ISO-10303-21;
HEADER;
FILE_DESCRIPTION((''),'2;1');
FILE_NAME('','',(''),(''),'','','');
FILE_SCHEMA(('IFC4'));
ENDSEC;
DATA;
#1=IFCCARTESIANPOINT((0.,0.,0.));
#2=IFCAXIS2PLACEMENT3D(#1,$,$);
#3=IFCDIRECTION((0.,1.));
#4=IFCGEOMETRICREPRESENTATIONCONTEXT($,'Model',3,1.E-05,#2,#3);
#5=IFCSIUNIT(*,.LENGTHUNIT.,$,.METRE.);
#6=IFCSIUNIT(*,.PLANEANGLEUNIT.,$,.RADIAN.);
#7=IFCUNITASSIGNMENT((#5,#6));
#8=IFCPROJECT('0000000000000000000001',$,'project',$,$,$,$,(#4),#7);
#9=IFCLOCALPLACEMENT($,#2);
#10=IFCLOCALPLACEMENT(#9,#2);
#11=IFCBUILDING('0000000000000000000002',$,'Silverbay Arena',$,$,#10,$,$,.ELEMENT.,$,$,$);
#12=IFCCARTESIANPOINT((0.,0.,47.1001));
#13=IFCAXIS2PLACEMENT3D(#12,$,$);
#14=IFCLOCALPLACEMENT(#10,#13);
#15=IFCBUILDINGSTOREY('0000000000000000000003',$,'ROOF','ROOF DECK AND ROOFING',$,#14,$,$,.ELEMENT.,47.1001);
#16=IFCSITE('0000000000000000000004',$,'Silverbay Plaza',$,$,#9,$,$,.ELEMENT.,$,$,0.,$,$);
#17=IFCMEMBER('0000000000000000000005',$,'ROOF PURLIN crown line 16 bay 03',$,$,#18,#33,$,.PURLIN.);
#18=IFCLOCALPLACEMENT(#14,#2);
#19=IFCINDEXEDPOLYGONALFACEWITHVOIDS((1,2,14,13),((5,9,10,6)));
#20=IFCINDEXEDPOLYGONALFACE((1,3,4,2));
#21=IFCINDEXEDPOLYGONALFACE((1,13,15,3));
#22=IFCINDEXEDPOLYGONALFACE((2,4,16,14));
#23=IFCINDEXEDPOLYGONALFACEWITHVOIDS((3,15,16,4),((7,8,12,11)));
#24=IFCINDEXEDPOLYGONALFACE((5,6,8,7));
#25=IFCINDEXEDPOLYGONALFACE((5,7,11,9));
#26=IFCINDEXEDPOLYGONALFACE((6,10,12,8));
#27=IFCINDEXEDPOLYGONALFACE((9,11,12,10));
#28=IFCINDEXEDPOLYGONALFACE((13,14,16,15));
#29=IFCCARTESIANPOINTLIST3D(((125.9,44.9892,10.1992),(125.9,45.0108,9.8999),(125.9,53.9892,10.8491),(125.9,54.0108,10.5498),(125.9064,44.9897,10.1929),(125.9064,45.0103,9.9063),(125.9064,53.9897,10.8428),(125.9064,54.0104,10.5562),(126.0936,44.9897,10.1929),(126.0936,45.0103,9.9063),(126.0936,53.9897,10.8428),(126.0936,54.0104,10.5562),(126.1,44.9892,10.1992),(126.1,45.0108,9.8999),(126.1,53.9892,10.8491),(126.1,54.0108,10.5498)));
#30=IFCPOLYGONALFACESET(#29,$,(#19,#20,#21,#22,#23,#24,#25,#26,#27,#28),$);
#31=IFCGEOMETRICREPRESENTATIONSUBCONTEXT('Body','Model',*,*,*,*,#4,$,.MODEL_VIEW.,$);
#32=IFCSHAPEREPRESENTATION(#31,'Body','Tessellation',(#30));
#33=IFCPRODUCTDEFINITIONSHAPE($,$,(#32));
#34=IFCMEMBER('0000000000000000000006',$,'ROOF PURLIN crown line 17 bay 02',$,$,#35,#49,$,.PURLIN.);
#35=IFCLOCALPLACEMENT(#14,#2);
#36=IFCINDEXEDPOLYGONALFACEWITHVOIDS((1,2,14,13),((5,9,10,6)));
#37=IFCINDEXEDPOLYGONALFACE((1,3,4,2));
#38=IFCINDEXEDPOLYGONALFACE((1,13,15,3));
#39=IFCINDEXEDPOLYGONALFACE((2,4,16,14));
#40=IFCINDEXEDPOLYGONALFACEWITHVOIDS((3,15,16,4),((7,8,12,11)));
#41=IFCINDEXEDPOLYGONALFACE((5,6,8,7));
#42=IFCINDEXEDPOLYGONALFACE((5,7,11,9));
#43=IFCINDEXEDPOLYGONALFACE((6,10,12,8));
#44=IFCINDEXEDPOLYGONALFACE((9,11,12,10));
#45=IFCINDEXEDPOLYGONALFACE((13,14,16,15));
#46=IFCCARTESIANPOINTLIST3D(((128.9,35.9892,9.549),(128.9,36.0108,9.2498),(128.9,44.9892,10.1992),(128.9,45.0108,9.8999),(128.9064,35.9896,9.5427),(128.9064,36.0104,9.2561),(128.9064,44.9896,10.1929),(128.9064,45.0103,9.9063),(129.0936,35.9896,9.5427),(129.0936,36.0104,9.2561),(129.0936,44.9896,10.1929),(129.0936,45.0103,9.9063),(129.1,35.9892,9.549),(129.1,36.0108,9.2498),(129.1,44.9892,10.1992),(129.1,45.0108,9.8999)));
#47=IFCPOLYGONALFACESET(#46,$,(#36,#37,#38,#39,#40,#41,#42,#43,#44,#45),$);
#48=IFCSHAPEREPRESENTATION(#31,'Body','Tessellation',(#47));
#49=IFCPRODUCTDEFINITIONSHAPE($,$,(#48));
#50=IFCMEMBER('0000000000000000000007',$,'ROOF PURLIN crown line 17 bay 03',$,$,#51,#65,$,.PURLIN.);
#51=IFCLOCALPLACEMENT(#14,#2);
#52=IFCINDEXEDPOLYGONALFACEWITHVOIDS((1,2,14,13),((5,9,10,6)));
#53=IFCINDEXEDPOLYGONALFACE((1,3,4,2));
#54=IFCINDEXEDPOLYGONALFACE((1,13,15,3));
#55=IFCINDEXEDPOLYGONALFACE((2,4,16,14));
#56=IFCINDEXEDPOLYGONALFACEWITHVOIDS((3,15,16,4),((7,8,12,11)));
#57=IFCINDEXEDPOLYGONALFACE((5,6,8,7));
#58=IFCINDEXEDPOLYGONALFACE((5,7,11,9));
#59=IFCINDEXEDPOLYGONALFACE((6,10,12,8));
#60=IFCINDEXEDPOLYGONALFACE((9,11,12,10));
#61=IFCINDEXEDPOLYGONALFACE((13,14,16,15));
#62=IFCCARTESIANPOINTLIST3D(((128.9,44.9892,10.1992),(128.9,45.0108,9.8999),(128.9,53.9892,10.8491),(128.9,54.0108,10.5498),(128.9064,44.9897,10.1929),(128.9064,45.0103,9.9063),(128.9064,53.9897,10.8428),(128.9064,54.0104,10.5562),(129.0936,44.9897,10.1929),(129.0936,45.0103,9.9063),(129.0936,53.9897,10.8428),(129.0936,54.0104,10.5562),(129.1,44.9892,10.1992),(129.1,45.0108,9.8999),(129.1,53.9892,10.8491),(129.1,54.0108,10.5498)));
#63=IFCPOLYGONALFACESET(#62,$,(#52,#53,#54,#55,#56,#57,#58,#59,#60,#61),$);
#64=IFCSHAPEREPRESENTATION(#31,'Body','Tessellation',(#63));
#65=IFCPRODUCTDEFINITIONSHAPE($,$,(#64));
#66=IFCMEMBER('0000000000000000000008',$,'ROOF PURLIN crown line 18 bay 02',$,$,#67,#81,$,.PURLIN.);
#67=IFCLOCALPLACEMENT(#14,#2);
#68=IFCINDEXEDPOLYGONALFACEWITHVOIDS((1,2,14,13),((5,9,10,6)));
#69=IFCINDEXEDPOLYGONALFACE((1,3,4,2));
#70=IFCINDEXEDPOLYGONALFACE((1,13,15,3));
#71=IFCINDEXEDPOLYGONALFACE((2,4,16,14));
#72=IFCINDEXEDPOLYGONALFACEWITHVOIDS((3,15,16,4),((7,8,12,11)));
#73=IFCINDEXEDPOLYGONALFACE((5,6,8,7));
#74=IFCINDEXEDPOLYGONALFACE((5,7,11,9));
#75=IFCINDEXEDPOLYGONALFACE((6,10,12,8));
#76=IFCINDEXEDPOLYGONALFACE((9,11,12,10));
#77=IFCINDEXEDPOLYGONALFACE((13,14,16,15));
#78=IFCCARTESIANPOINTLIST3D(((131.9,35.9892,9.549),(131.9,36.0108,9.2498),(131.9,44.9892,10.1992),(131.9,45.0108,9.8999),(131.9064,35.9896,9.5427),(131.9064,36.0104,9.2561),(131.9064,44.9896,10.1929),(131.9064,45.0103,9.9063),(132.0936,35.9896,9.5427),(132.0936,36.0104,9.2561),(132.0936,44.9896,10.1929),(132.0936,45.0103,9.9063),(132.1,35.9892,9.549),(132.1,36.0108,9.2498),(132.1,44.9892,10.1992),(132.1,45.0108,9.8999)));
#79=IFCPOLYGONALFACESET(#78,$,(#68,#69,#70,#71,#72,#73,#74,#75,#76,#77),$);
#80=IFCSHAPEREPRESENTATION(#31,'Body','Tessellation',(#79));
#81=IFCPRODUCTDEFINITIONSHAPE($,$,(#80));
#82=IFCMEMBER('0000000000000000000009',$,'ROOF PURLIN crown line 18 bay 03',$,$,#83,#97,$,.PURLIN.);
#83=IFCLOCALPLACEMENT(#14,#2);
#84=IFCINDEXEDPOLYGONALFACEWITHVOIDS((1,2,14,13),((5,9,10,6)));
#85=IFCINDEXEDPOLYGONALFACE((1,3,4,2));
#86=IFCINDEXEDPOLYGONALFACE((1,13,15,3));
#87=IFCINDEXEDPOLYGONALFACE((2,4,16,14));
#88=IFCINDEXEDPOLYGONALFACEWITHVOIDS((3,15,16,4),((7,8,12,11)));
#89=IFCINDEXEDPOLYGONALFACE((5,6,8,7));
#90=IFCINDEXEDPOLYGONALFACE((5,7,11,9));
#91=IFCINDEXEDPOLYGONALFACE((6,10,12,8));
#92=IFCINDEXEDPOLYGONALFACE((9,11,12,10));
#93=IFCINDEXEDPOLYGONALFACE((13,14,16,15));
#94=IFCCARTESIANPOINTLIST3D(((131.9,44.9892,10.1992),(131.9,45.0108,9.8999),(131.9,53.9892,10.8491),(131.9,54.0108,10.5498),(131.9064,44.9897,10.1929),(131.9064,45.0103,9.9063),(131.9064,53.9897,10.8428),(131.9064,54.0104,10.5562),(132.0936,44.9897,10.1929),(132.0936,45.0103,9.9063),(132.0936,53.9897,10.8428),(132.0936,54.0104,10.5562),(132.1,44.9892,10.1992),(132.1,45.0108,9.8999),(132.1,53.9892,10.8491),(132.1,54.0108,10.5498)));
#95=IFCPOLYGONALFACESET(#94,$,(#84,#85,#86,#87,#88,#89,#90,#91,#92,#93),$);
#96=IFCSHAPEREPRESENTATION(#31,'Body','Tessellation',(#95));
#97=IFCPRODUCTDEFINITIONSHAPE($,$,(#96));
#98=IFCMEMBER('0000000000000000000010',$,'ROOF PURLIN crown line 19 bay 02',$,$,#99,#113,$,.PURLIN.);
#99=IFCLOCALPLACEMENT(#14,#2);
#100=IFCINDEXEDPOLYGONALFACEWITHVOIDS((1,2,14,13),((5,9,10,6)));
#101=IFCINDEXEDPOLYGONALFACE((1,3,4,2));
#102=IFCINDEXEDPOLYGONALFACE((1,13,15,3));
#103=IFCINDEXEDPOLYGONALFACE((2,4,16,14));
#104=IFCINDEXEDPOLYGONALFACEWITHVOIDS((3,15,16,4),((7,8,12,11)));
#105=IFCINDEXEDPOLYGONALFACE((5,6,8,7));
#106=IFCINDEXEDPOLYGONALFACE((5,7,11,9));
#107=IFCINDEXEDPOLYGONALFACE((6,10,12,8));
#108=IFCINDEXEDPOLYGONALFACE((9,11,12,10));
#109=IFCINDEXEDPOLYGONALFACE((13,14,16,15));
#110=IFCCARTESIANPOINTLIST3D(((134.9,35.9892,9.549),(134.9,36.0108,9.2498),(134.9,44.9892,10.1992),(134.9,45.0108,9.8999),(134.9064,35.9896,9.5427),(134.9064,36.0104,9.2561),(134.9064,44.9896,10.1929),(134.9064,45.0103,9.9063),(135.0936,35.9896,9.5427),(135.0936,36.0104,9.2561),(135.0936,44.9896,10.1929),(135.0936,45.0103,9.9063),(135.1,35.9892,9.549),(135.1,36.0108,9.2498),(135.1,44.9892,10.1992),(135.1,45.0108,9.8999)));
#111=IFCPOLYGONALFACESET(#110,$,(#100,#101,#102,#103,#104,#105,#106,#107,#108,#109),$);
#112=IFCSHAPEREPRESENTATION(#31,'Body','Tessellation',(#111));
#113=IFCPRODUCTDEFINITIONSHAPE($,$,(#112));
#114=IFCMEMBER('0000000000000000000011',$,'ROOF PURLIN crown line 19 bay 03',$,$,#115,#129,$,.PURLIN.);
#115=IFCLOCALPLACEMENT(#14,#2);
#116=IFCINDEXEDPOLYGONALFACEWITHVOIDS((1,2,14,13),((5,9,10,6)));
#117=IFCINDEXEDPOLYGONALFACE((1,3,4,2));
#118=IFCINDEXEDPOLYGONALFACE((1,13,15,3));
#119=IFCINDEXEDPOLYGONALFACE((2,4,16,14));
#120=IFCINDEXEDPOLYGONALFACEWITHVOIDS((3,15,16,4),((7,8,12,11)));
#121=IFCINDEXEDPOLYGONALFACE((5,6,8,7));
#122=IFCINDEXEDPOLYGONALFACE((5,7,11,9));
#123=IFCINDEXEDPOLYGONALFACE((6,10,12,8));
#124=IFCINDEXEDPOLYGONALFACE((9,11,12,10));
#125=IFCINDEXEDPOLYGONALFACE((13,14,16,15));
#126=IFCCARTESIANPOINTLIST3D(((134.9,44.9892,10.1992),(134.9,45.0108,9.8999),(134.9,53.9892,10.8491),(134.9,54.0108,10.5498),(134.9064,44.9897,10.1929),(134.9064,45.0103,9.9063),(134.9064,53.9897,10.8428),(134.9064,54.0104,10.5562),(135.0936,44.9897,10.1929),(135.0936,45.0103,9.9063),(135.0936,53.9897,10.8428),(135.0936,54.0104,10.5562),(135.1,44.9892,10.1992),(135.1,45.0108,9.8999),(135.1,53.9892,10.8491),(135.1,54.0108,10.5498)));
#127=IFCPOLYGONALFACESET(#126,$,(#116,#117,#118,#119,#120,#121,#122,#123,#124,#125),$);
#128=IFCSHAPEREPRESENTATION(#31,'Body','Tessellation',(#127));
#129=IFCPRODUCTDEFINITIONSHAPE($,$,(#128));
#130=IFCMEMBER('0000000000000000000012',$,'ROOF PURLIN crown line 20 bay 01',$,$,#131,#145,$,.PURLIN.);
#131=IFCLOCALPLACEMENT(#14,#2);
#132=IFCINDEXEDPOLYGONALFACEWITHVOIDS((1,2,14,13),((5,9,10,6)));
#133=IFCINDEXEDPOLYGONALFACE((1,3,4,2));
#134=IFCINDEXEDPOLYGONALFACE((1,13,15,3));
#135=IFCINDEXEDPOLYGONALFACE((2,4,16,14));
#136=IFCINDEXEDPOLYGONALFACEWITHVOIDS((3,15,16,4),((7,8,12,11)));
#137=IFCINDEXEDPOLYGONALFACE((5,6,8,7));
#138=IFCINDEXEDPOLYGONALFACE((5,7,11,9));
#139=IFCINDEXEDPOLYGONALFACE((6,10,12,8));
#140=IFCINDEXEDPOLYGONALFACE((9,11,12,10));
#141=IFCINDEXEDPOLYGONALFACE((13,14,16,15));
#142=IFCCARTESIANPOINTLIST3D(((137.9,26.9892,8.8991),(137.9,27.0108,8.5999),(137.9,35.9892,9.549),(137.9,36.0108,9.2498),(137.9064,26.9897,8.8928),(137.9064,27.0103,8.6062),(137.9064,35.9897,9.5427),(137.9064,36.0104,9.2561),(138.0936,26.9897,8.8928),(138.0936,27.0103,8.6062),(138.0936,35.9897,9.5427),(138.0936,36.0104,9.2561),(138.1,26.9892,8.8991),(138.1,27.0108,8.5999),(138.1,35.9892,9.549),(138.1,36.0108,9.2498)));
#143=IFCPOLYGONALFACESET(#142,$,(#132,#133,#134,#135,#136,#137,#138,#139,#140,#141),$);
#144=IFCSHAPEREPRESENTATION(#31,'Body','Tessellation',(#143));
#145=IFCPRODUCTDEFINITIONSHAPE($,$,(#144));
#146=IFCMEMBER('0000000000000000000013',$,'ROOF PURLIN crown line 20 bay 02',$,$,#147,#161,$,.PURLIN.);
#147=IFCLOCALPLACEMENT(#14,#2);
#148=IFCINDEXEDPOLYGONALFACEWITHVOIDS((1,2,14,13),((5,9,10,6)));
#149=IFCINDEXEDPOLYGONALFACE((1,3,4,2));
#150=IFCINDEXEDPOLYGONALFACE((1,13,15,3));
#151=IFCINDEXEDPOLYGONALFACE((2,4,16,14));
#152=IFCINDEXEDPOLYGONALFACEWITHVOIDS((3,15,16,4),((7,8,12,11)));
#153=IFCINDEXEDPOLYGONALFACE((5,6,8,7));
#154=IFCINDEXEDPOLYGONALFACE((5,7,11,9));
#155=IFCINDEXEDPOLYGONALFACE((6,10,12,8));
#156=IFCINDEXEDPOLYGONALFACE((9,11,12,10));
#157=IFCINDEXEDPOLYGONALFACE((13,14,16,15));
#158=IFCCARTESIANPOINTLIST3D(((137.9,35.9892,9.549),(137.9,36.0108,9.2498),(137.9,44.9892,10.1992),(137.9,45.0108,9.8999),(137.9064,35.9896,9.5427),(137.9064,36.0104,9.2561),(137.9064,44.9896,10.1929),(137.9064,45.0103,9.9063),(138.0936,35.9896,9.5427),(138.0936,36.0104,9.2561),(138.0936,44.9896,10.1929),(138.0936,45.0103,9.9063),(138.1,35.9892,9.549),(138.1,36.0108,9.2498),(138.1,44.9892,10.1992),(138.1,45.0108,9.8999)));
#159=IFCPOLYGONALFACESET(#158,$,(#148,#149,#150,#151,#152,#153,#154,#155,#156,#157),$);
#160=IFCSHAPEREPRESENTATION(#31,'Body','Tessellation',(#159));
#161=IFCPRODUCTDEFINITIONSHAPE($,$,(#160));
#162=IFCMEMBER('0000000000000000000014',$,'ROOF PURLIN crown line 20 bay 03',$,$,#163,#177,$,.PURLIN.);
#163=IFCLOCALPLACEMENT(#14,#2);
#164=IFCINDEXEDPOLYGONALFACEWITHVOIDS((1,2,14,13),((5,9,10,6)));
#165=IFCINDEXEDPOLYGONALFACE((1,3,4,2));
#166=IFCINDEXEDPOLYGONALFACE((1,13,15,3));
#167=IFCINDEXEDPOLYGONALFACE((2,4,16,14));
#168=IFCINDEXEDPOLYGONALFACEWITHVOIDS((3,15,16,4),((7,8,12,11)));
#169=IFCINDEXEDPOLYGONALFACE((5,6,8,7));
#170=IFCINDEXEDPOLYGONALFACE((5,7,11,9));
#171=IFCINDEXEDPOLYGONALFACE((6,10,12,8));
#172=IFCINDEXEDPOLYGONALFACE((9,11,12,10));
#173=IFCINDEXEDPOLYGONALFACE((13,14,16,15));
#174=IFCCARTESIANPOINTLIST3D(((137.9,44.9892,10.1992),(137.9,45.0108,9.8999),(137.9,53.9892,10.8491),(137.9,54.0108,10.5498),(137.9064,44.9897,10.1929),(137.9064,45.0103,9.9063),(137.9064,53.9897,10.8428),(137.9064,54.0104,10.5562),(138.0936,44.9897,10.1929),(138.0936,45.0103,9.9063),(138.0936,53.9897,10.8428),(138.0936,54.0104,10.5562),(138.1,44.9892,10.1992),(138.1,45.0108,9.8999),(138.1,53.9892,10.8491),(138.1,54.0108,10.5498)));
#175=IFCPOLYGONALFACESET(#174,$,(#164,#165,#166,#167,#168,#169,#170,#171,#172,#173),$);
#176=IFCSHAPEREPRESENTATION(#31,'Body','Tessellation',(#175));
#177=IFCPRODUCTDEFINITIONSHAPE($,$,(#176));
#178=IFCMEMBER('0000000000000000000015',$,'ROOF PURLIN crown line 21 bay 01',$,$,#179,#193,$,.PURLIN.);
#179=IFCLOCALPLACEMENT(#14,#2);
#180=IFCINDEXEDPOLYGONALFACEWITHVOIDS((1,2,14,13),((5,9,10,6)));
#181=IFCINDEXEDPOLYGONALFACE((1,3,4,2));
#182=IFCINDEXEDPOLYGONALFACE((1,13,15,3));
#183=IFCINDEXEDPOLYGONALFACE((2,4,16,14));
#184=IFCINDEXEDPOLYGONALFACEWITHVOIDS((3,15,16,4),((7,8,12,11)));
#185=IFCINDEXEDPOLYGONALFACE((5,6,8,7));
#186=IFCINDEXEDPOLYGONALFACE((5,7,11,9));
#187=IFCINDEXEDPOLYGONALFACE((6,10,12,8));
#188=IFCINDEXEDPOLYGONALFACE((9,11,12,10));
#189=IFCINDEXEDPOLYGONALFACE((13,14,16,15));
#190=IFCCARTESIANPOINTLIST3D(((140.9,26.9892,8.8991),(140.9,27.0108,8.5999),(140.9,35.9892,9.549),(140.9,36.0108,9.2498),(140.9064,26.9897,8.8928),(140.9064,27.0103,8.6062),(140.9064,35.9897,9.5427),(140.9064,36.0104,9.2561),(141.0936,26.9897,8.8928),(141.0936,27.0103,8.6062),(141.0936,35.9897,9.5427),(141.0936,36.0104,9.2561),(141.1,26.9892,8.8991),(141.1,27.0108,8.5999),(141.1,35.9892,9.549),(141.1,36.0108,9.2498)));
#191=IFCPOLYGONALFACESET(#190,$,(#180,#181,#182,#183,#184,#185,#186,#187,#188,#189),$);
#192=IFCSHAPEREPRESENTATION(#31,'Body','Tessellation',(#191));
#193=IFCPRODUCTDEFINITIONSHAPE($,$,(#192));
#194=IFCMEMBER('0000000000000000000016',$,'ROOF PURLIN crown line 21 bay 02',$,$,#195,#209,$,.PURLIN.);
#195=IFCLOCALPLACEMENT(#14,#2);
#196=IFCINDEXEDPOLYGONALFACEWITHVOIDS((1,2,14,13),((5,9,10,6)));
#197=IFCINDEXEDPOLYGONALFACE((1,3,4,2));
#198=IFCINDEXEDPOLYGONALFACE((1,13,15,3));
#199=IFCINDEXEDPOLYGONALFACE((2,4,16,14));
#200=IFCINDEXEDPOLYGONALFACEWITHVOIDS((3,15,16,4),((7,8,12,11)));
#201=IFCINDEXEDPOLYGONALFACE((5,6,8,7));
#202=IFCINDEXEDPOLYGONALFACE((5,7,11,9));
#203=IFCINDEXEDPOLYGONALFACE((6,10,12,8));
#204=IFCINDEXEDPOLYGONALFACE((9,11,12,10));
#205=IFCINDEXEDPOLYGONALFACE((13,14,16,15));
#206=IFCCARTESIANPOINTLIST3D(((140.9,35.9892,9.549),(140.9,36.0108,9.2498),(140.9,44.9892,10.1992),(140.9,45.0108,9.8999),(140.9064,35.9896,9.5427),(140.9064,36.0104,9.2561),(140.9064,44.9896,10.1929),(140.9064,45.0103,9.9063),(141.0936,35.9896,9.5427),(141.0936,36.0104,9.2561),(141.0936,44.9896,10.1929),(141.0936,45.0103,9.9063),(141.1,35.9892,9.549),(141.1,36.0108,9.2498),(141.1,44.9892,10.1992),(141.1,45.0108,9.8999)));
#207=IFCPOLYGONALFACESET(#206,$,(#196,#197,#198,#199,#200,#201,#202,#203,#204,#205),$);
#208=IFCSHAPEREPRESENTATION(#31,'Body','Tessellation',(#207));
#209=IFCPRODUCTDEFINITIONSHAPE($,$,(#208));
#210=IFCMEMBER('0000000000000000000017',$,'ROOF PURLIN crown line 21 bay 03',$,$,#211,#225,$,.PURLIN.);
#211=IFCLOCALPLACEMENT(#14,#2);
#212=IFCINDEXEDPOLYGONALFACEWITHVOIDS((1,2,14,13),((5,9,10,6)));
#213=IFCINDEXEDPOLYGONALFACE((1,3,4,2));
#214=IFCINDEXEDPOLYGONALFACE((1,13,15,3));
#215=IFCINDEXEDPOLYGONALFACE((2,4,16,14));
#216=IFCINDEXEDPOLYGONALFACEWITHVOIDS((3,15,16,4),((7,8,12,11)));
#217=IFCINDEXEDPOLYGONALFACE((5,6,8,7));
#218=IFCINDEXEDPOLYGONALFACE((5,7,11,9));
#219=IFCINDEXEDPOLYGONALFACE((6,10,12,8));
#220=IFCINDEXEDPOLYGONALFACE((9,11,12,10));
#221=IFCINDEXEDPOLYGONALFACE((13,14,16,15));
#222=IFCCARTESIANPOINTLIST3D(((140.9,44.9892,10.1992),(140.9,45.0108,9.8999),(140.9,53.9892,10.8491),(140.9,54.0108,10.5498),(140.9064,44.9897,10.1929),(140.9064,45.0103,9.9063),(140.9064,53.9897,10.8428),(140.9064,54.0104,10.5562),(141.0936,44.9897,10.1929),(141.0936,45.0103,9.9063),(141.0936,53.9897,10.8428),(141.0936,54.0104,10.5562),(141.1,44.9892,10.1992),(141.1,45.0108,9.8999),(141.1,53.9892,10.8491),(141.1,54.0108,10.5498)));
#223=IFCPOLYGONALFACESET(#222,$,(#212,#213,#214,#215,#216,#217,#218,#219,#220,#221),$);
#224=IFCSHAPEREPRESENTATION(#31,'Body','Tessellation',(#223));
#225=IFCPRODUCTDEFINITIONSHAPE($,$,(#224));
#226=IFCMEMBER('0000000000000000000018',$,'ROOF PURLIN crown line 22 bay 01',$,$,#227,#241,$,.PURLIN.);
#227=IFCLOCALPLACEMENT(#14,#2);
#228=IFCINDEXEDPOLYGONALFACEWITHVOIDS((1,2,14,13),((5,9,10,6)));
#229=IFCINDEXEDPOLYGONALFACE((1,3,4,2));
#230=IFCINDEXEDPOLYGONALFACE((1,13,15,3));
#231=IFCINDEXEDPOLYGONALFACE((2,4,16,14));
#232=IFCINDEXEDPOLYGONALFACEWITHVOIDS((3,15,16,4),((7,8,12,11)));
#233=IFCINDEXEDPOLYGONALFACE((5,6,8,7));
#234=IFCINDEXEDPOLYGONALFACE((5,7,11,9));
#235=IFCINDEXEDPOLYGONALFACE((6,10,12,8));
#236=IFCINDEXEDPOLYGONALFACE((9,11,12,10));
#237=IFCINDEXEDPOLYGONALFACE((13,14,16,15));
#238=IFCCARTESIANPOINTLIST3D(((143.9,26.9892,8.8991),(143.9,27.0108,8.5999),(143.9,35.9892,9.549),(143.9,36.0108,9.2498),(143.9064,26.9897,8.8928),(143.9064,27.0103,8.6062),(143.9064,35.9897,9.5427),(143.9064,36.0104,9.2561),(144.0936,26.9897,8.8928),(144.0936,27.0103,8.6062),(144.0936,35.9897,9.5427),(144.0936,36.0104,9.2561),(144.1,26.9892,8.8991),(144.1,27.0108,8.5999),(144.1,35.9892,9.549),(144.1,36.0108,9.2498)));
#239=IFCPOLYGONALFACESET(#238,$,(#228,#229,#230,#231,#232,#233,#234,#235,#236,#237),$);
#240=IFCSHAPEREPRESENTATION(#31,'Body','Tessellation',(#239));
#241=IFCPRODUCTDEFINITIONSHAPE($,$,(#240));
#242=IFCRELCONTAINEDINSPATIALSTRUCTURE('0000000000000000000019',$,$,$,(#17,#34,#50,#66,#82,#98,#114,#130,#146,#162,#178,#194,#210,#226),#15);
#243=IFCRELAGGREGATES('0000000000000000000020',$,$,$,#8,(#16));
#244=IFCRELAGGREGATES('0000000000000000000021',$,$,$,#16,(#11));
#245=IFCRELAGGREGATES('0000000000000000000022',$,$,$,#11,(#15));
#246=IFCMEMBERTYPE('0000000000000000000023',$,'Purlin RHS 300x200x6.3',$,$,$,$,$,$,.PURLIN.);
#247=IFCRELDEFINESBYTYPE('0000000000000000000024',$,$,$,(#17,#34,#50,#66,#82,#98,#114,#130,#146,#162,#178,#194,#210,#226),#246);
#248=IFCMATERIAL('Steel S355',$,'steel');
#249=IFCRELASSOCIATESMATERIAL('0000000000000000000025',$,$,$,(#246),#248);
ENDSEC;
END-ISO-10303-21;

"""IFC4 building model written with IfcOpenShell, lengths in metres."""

from ifc_helpers import new_model, si_unit, direction, frame, origin, origin_2d, place, context, subcontext, project, spatial, hollow_rectangle, extrude, material, material_profile, profile_set, type_object, element, save


model = new_model("IFC4")

# Units and contexts
model_context = context("Model", 3, precision=1e-05, world=origin(), true_north=direction((0.0, 1.0)))
body_context = subcontext(model_context, "Body", "Model", "MODEL_VIEW")
ifc_project = project(units=[si_unit("LENGTHUNIT", "METRE"), si_unit("PLANEANGLEUNIT", "RADIAN")], contexts=[model_context])

# Site, building, storey
site_placement = place(None, origin())
site = spatial("IfcSite", under=ifc_project, at=site_placement, Name="Silverbay Plaza", CompositionType="ELEMENT", RefElevation=0.0)
building_placement = place(site_placement, origin())
building = spatial("IfcBuilding", under=site, at=building_placement, Name="Silverbay Arena", CompositionType="ELEMENT")
storey_placement = place(building_placement, frame((0.0, 0.0, 47.1001)))
storey = spatial("IfcBuildingStorey", under=building, at=storey_placement, Name="ROOF", Description="ROOF DECK AND ROOFING", CompositionType="ELEMENT", Elevation=47.1001)

# Members
ifc_material_1 = material(Name="Steel S355", Category="steel")
ifc_material_profile_1 = material_profile(ifc_material_1, hollow_rectangle(XDim=0.2, YDim=0.3, WallThickness=0.0063, at=origin_2d()), Name="RHS 300x200x6.3")
ifc_profile_set_1 = profile_set([ifc_material_profile_1], Name="Steel S355")
member_type_1 = type_object("IfcMemberType", Name="Purlin RHS 300x200x6.3", PredefinedType="PURLIN", material=ifc_profile_set_1)
for number, where, z_axis, x_axis, name in (
    (1, (126.0, 45.0, 10.0496), (0.0, 0.997403, 0.072024), (-1.0, 0.0, 0.0), "ROOF PURLIN crown line 16 bay 03"),
    (2, (129.0, 36.0, 9.3994), (0.0, 0.997401, 0.072051), (-1.0, 0.0, 0.0), "ROOF PURLIN crown line 17 bay 02"),
    (3, (129.0, 45.0, 10.0496), (0.0, 0.997403, 0.072024), (-1.0, 0.0, 0.0), "ROOF PURLIN crown line 17 bay 03"),
    (4, (132.0, 36.0, 9.3994), (0.0, 0.997401, 0.072051), (-1.0, 0.0, 0.0), "ROOF PURLIN crown line 18 bay 02"),
    (5, (132.0, 45.0, 10.0496), (0.0, 0.997403, 0.072024), (-1.0, 0.0, 0.0), "ROOF PURLIN crown line 18 bay 03"),
    (6, (135.0, 36.0, 9.3994), (0.0, 0.997401, 0.072051), (-1.0, 0.0, 0.0), "ROOF PURLIN crown line 19 bay 02"),
    (7, (135.0, 45.0, 10.0496), (0.0, 0.997403, 0.072024), (-1.0, 0.0, 0.0), "ROOF PURLIN crown line 19 bay 03"),
    (8, (138.0, 27.0, 8.7495), (0.0, 0.997403, 0.072024), (-1.0, 0.0, 0.0), "ROOF PURLIN crown line 20 bay 01"),
    (9, (138.0, 36.0, 9.3994), (0.0, 0.997401, 0.072051), (-1.0, 0.0, 0.0), "ROOF PURLIN crown line 20 bay 02"),
    (10, (138.0, 45.0, 10.0496), (0.0, 0.997403, 0.072024), (-1.0, 0.0, 0.0), "ROOF PURLIN crown line 20 bay 03"),
    (11, (141.0, 27.0, 8.7495), (0.0, 0.997403, 0.072024), (-1.0, 0.0, 0.0), "ROOF PURLIN crown line 21 bay 01"),
    (12, (141.0, 36.0, 9.3994), (0.0, 0.997401, 0.072051), (-1.0, 0.0, 0.0), "ROOF PURLIN crown line 21 bay 02"),
    (13, (141.0, 45.0, 10.0496), (0.0, 0.997403, 0.072024), (-1.0, 0.0, 0.0), "ROOF PURLIN crown line 21 bay 03"),
    (14, (144.0, 27.0, 8.7495), (0.0, 0.997403, 0.072024), (-1.0, 0.0, 0.0), "ROOF PURLIN crown line 22 bay 01"),
):
    element("IfcMember", number, at=place(storey_placement, frame(where, z_axis=z_axis, x_axis=x_axis)), inside=storey, type_object=member_type_1, Name=name, PredefinedType="PURLIN", context=body_context, shape_type="SweptSolid", body=[
        extrude(hollow_rectangle(XDim=0.2, YDim=0.3, WallThickness=0.0063, at=origin_2d()), origin(), (0.0, 0.0, 1.0), 9.0234),
    ])

save(model, "model.ifc")
